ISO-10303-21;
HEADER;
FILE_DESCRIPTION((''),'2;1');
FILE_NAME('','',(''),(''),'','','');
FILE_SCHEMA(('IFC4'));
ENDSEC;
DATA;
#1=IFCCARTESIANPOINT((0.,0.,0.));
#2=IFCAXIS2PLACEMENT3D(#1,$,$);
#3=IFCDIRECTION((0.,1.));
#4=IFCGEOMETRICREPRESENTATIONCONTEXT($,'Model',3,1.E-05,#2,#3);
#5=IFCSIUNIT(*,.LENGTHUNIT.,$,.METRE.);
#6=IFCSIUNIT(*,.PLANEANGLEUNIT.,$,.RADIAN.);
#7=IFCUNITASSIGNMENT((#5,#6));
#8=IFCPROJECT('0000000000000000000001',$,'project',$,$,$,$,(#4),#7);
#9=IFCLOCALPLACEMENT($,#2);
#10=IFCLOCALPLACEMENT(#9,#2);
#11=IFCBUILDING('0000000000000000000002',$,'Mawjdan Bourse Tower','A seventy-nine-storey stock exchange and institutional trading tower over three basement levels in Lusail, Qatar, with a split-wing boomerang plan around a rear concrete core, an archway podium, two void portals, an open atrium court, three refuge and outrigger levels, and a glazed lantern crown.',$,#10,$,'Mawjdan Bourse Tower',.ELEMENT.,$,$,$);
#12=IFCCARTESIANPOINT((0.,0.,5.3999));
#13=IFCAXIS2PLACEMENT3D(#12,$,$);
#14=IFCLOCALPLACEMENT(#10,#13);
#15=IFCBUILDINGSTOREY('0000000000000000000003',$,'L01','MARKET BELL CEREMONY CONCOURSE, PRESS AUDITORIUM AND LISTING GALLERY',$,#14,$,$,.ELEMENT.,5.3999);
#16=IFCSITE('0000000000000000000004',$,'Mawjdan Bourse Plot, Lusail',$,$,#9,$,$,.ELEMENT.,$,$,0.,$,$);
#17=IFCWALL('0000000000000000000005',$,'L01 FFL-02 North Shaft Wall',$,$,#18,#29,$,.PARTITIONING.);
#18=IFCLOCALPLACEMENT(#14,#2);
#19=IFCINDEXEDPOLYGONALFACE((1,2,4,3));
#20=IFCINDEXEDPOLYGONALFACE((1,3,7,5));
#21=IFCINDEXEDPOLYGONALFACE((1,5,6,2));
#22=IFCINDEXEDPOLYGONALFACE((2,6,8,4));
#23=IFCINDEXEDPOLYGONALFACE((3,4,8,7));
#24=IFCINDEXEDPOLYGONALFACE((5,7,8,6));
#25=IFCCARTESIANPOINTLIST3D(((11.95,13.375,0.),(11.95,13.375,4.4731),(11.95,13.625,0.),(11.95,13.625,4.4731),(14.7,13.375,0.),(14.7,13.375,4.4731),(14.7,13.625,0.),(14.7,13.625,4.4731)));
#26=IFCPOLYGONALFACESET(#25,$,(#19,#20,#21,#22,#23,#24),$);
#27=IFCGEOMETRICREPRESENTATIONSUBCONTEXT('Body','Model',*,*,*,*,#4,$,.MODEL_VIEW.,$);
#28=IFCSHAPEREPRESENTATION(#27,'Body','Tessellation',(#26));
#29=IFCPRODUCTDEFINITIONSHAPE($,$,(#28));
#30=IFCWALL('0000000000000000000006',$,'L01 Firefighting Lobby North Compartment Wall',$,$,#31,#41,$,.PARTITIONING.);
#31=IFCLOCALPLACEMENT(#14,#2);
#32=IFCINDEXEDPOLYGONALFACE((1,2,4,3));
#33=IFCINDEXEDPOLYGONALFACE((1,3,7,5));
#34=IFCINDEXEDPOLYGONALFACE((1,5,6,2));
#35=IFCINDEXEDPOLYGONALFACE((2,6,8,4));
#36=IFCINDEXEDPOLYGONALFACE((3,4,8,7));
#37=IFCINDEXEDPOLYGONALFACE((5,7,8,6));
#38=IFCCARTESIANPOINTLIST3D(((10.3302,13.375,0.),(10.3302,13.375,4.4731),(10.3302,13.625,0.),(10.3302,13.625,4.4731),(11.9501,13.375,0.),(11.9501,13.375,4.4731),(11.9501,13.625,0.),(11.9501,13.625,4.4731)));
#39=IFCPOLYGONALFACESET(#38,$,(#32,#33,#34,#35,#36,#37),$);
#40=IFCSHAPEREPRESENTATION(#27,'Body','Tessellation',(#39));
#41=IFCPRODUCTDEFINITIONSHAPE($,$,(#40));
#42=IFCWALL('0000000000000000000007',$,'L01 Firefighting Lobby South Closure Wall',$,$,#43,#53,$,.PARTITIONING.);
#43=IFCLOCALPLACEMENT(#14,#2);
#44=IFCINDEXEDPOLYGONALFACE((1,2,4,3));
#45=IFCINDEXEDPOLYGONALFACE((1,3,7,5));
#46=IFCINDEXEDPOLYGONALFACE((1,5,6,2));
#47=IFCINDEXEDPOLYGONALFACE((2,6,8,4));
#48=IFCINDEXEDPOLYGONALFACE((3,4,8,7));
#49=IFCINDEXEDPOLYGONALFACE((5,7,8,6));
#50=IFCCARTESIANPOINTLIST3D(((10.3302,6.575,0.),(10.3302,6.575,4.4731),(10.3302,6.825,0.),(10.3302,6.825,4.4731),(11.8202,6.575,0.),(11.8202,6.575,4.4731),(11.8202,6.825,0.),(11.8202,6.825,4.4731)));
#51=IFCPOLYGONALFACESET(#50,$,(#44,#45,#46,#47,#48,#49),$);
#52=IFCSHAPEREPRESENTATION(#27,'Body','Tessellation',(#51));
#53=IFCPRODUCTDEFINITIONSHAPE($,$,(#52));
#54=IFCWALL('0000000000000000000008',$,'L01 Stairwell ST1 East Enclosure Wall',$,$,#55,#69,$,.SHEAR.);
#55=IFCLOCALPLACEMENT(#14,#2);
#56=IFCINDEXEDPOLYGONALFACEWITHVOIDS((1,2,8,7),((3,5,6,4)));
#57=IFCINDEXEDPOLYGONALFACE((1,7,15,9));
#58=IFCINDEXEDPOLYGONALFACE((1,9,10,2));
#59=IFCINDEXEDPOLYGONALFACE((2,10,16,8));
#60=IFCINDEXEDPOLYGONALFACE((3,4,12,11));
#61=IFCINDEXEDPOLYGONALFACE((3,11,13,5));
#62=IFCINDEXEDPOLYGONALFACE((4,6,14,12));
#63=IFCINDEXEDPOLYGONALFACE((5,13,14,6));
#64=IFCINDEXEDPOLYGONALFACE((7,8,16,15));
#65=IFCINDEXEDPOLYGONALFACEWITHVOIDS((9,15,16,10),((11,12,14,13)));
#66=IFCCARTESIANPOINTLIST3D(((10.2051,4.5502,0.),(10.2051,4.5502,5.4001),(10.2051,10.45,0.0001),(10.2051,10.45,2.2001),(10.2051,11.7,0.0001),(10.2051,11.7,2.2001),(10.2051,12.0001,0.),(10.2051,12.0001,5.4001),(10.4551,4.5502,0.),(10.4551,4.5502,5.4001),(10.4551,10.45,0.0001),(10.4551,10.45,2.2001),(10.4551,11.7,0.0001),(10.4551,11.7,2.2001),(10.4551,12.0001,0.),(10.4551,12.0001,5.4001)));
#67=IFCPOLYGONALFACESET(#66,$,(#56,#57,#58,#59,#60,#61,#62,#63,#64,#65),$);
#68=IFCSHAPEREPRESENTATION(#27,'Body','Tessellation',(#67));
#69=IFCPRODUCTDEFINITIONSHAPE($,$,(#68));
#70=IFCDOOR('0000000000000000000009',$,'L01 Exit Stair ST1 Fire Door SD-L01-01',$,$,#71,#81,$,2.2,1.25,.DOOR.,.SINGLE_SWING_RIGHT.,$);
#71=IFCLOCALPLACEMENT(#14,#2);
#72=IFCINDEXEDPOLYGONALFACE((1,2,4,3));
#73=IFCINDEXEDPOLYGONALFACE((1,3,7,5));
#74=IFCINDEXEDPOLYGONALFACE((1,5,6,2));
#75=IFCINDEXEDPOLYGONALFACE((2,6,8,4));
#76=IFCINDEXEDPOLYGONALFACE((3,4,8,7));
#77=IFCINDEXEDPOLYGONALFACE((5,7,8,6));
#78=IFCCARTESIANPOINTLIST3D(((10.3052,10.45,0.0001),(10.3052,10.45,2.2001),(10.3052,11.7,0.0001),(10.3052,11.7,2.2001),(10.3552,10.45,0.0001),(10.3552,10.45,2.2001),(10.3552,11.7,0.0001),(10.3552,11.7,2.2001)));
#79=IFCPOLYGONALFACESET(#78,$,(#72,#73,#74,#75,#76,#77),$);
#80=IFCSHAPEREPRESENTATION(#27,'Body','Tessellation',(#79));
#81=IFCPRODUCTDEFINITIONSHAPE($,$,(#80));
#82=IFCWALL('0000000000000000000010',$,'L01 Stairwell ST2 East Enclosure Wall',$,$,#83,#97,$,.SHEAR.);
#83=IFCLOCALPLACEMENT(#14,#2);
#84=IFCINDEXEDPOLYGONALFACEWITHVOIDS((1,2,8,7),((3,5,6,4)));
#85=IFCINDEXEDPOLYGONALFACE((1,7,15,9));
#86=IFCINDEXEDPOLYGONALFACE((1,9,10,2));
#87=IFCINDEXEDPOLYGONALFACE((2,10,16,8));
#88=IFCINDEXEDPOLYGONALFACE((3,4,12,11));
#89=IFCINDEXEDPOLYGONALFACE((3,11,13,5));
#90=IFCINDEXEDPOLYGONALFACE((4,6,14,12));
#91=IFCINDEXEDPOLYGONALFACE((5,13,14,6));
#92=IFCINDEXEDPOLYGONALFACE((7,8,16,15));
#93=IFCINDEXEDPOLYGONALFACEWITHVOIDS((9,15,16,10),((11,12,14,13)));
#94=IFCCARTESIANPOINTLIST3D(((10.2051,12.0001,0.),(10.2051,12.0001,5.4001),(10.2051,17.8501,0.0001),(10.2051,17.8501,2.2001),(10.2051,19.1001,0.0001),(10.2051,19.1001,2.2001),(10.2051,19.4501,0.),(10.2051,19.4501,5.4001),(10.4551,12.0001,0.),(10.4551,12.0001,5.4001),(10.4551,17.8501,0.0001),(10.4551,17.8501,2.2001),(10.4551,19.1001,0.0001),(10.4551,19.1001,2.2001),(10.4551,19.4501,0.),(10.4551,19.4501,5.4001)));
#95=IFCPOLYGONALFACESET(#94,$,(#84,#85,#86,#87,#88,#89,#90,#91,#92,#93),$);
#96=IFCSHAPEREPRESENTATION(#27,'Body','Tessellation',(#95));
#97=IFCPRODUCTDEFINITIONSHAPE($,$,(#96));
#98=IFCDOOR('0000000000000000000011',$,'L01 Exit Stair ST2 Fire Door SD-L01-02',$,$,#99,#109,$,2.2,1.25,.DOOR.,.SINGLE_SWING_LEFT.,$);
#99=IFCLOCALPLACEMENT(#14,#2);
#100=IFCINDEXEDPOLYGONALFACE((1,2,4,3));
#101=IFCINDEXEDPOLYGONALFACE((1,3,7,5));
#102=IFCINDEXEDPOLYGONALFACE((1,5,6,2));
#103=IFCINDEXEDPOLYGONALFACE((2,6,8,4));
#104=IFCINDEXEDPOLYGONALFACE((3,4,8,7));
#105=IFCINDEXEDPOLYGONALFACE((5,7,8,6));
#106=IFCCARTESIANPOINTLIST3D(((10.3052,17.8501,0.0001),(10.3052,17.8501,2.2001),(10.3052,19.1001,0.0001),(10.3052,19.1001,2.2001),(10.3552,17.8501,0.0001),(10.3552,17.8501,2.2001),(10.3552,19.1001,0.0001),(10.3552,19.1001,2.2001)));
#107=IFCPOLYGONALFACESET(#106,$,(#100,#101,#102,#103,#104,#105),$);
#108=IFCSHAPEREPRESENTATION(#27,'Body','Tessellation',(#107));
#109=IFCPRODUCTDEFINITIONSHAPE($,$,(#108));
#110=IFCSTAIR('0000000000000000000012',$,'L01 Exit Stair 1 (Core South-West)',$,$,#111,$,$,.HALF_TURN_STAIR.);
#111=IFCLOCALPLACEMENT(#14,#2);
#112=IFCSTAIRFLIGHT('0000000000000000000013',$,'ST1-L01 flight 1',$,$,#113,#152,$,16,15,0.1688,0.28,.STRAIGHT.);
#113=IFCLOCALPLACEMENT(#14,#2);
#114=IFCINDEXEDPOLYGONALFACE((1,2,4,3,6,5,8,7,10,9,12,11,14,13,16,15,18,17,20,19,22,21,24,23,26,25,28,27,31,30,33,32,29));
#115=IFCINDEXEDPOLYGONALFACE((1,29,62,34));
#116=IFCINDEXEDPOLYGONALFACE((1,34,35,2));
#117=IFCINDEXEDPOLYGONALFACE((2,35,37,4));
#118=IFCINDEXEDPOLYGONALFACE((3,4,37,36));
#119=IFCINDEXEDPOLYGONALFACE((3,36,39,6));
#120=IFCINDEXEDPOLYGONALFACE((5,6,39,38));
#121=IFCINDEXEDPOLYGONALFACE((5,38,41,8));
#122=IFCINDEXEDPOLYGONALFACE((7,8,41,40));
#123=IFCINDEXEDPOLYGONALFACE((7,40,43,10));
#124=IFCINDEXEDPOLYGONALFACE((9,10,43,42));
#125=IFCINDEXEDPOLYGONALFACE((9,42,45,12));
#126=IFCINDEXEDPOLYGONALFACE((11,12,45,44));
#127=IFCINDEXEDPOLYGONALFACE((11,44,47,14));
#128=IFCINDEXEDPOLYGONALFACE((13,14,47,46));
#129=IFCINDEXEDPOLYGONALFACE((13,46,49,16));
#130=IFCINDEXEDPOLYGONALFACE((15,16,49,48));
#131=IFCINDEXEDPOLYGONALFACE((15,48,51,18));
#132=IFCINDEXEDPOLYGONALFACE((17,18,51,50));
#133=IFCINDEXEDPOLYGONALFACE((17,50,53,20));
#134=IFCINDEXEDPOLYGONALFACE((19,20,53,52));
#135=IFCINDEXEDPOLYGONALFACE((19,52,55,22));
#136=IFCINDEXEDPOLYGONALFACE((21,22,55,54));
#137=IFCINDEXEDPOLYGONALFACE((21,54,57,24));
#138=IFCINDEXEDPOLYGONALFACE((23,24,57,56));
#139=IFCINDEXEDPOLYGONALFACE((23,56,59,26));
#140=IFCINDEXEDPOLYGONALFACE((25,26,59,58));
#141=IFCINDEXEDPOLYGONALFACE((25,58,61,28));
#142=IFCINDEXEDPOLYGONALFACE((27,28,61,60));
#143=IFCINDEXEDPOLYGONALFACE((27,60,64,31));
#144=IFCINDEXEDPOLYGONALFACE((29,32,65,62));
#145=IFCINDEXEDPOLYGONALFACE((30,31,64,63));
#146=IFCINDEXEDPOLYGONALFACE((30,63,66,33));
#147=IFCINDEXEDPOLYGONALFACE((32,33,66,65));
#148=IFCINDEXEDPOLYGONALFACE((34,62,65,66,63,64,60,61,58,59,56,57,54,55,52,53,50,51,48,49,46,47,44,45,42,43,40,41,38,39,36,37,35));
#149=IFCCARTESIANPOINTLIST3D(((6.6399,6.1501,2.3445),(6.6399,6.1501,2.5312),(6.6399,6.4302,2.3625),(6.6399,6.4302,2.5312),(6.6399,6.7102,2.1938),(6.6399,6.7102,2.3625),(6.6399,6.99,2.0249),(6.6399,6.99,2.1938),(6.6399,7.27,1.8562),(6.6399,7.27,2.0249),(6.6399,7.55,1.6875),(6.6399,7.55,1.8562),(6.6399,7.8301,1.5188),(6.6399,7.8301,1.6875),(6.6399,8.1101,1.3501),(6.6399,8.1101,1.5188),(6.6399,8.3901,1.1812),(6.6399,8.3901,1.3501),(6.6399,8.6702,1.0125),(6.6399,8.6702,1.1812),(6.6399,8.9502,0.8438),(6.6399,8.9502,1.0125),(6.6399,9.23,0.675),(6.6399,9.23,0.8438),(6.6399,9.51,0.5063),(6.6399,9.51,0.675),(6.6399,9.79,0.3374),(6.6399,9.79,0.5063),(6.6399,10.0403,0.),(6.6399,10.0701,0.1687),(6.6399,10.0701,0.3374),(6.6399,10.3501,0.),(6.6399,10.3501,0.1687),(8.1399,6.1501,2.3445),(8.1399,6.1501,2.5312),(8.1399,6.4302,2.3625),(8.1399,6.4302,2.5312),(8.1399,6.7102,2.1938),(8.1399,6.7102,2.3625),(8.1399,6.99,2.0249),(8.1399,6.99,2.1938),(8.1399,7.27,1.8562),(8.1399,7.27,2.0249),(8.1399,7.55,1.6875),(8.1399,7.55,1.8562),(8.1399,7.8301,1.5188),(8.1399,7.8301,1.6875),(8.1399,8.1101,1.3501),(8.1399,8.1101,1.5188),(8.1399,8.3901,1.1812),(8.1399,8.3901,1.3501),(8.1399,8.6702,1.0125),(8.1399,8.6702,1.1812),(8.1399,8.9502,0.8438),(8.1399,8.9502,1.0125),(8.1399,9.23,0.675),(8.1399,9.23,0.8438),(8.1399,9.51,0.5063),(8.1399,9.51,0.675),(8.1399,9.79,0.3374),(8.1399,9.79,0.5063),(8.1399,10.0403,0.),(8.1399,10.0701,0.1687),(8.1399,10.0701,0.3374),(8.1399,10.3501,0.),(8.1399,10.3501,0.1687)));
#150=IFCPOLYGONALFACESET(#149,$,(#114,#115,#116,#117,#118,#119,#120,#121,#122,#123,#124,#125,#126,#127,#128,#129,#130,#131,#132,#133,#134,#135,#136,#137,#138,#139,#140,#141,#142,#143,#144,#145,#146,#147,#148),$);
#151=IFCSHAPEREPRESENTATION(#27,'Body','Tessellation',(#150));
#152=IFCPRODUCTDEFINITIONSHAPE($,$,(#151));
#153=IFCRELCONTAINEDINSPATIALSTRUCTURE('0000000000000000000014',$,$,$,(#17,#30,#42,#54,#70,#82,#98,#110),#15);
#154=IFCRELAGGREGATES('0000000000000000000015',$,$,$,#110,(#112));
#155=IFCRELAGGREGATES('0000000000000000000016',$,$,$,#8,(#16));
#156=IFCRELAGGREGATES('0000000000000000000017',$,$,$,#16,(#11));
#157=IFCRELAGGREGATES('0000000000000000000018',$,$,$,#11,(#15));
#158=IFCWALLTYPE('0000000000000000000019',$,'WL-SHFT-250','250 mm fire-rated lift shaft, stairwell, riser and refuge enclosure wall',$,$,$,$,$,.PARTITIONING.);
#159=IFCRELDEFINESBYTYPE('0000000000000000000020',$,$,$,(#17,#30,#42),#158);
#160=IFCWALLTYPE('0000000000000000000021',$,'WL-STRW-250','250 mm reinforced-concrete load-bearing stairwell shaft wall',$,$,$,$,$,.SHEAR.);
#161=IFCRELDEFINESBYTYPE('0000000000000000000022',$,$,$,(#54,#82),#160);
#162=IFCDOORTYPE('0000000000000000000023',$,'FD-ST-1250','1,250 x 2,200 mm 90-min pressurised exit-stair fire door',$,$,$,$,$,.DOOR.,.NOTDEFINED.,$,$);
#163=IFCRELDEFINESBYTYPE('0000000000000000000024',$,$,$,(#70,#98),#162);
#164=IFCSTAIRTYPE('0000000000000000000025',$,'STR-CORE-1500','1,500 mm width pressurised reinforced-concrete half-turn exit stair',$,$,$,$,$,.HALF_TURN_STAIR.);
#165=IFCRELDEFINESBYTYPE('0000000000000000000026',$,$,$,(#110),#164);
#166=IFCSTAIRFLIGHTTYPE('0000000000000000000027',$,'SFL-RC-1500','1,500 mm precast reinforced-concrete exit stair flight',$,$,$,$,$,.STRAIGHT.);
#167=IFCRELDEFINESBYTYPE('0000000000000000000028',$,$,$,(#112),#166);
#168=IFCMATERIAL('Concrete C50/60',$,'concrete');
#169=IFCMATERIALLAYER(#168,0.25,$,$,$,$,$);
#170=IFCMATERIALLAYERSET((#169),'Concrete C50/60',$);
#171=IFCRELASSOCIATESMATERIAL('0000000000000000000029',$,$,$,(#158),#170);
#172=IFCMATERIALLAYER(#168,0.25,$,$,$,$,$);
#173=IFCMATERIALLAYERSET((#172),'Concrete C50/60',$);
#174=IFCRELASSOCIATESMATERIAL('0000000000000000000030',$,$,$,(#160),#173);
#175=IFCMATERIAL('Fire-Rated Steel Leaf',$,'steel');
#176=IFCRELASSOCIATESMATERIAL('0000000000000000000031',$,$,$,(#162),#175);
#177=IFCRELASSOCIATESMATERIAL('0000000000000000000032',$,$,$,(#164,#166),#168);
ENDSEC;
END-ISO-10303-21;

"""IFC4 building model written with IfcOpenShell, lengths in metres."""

from ifc_helpers import new_model, si_unit, direction, frame, frame_2d, origin, place, context, subcontext, project, spatial, polyline, rectangle, outline, extrude, material, layer, layer_set, type_object, element, fill, aggregate, save


model = new_model("IFC4")

# Units and contexts
model_context = context("Model", 3, precision=1e-05, world=origin(), true_north=direction((0.0, 1.0)))
body_context = subcontext(model_context, "Body", "Model", "MODEL_VIEW")
ifc_project = project(units=[si_unit("LENGTHUNIT", "METRE"), si_unit("PLANEANGLEUNIT", "RADIAN")], contexts=[model_context])

# Site, building, storey
site_placement = place(None, origin())
site = spatial("IfcSite", under=ifc_project, at=site_placement, Name="Mawjdan Bourse Plot, Lusail", CompositionType="ELEMENT", RefElevation=0.0)
building_placement = place(site_placement, origin())
building = spatial("IfcBuilding", under=site, at=building_placement, Name="Mawjdan Bourse Tower", Description="A seventy-nine-storey stock exchange and institutional trading tower over three basement levels in Lusail, Qatar, with a split-wing boomerang plan around a rear concrete core, an archway podium, two void portals, an open atrium court, three refuge and outrigger levels, and a glazed lantern crown.", LongName="Mawjdan Bourse Tower", CompositionType="ELEMENT")
storey_placement = place(building_placement, frame((0.0, 0.0, 5.3999)))
storey = spatial("IfcBuildingStorey", under=building, at=storey_placement, Name="L01", Description="MARKET BELL CEREMONY CONCOURSE, PRESS AUDITORIUM AND LISTING GALLERY", CompositionType="ELEMENT", Elevation=5.3999)

# Shared definitions
ifc_material_1 = material(Name="Concrete C50/60", Category="concrete")
ifc_layer_1 = layer(ifc_material_1, 0.25)
ifc_layer_set_1 = layer_set([ifc_layer_1], Name="Concrete C50/60")
wall_type_1 = type_object("IfcWallType", Name="WL-SHFT-250", Description="250 mm fire-rated lift shaft, stairwell, riser and refuge enclosure wall", PredefinedType="PARTITIONING", material=ifc_layer_set_1)

# Walls
wall_1_placement = place(storey_placement, frame((11.95, 13.5, 0.0), z_axis=(0.0, 0.0, 1.0), x_axis=(1.0, 0.0, 0.0)))
element("IfcWall", 1, at=wall_1_placement, inside=storey, type_object=wall_type_1, Name="L01 FFL-02 North Shaft Wall", PredefinedType="PARTITIONING", context=body_context, shape_type="SweptSolid", body=[
    extrude(rectangle(XDim=2.75, YDim=0.25, at=frame_2d((1.375, 0.0))), origin(), (0.0, 0.0, 1.0), 4.4731),
])
wall_2_placement = place(storey_placement, frame((10.3301, 13.5, 0.0), z_axis=(0.0, 0.0, 1.0), x_axis=(1.0, 0.0, 0.0)))
element("IfcWall", 2, at=wall_2_placement, inside=storey, type_object=wall_type_1, Name="L01 Firefighting Lobby North Compartment Wall", PredefinedType="PARTITIONING", context=body_context, shape_type="SweptSolid", body=[
    extrude(rectangle(XDim=1.6199, YDim=0.25, at=frame_2d((0.8101, 0.0))), origin(), (0.0, 0.0, 1.0), 4.4731),
])
wall_3_placement = place(storey_placement, frame((10.3301, 6.7, 0.0), z_axis=(0.0, 0.0, 1.0), x_axis=(1.0, 0.0, 0.0)))
element("IfcWall", 3, at=wall_3_placement, inside=storey, type_object=wall_type_1, Name="L01 Firefighting Lobby South Closure Wall", PredefinedType="PARTITIONING", context=body_context, shape_type="SweptSolid", body=[
    extrude(rectangle(XDim=1.49, YDim=0.25, at=frame_2d((0.7451, 0.0))), origin(), (0.0, 0.0, 1.0), 4.4731),
])
ifc_layer_2 = layer(ifc_material_1, 0.25)
ifc_layer_set_2 = layer_set([ifc_layer_2], Name="Concrete C50/60")
wall_type_2 = type_object("IfcWallType", Name="WL-STRW-250", Description="250 mm reinforced-concrete load-bearing stairwell shaft wall", PredefinedType="SHEAR", material=ifc_layer_set_2)

# Walls, openings, doors
wall_4_placement = place(storey_placement, frame((10.3301, 4.55, 0.0), z_axis=(0.0, 0.0, 1.0), x_axis=(0.0, 1.0, 0.0)))
wall_4 = element("IfcWall", 4, at=wall_4_placement, inside=storey, type_object=wall_type_2, Name="L01 Stairwell ST1 East Enclosure Wall", PredefinedType="SHEAR", context=body_context, shape_type="SweptSolid", body=[
    extrude(rectangle(XDim=7.45, YDim=0.25, at=frame_2d((3.7251, 0.0))), origin(), (0.0, 0.0, 1.0), 5.4001),
])
opening_1_placement = place(wall_4_placement, frame((5.8999, 0.0, 0.0)))
opening_1 = element("IfcOpeningElement", 5, at=opening_1_placement, cuts=wall_4, PredefinedType="OPENING", context=body_context, shape_type="SweptSolid", body=[
    extrude(rectangle(XDim=1.25, YDim=2.2, at=frame_2d((0.625, 1.1001))), frame((0.0, 0.135, 0.0), z_axis=(0.0, -1.0, 0.0), x_axis=(1.0, 0.0, 0.0)), (0.0, 0.0, 1.0), 0.27),
])
ifc_material_2 = material(Name="Fire-Rated Steel Leaf", Category="steel")
door_type_1 = type_object("IfcDoorType", Name="FD-ST-1250", Description="1,250 x 2,200 mm 90-min pressurised exit-stair fire door", OperationType="NOTDEFINED", PredefinedType="DOOR", material=ifc_material_2)
door_1_placement = place(opening_1_placement, origin())
door_1 = element("IfcDoor", 6, at=door_1_placement, inside=storey, type_object=door_type_1, Name="L01 Exit Stair ST1 Fire Door SD-L01-01", OperationType="SINGLE_SWING_RIGHT", OverallHeight=2.2, OverallWidth=1.25, PredefinedType="DOOR", context=body_context, shape_type="SweptSolid", body=[
    extrude(rectangle(XDim=1.25, YDim=2.2, at=frame_2d((0.625, 1.1001))), frame((0.0, 0.0249, 0.0), z_axis=(0.0, -1.0, 0.0), x_axis=(1.0, 0.0, 0.0)), (0.0, 0.0, 1.0), 0.05),
])
fill(opening_1, door_1)
wall_5_placement = place(storey_placement, frame((10.3301, 12.0, 0.0), z_axis=(0.0, 0.0, 1.0), x_axis=(0.0, 1.0, 0.0)))
wall_5 = element("IfcWall", 7, at=wall_5_placement, inside=storey, type_object=wall_type_2, Name="L01 Stairwell ST2 East Enclosure Wall", PredefinedType="SHEAR", context=body_context, shape_type="SweptSolid", body=[
    extrude(rectangle(XDim=7.45, YDim=0.25, at=frame_2d((3.7251, 0.0))), origin(), (0.0, 0.0, 1.0), 5.4001),
])
opening_2_placement = place(wall_5_placement, frame((5.8501, 0.0, 0.0)))
opening_2 = element("IfcOpeningElement", 8, at=opening_2_placement, cuts=wall_5, PredefinedType="OPENING", context=body_context, shape_type="SweptSolid", body=[
    extrude(rectangle(XDim=1.25, YDim=2.2, at=frame_2d((0.625, 1.1001))), frame((0.0, 0.135, 0.0), z_axis=(0.0, -1.0, 0.0), x_axis=(1.0, 0.0, 0.0)), (0.0, 0.0, 1.0), 0.27),
])
door_2_placement = place(opening_2_placement, origin())
door_2 = element("IfcDoor", 9, at=door_2_placement, inside=storey, type_object=door_type_1, Name="L01 Exit Stair ST2 Fire Door SD-L01-02", OperationType="SINGLE_SWING_LEFT", OverallHeight=2.2, OverallWidth=1.25, PredefinedType="DOOR", context=body_context, shape_type="SweptSolid", body=[
    extrude(rectangle(XDim=1.25, YDim=2.2, at=frame_2d((0.625, 1.1001))), frame((0.0, 0.0249, 0.0), z_axis=(0.0, -1.0, 0.0), x_axis=(1.0, 0.0, 0.0)), (0.0, 0.0, 1.0), 0.05),
])
fill(opening_2, door_2)

# Stair, stair flight
stair_type = type_object("IfcStairType", Name="STR-CORE-1500", Description="1,500 mm width pressurised reinforced-concrete half-turn exit stair", PredefinedType="HALF_TURN_STAIR", material=ifc_material_1)
stair_1_placement = place(storey_placement, origin())
stair_1 = element("IfcStair", 10, at=stair_1_placement, inside=storey, type_object=stair_type, Name="L01 Exit Stair 1 (Core South-West)", PredefinedType="HALF_TURN_STAIR")
stair_flight_type = type_object("IfcStairFlightType", Name="SFL-RC-1500", Description="1,500 mm precast reinforced-concrete exit stair flight", PredefinedType="STRAIGHT", material=ifc_material_1)
stair_flight_1_placement = place(storey_placement, frame((7.3899, 10.3501, 0.0), z_axis=(0.0, 0.0, 1.0), x_axis=(0.0, -1.0, 0.0)))
stair_flight_1 = element("IfcStairFlight", 11, at=stair_flight_1_placement, type_object=stair_flight_type, Name="ST1-L01 flight 1", NumberOfRisers=16, NumberOfTreads=15, PredefinedType="STRAIGHT", RiserHeight=0.1688, TreadLength=0.28, context=body_context, shape_type="SweptSolid", body=[
    extrude(outline(polyline([(0.0, 0.0), (0.0, 0.1687), (0.28, 0.1687), (0.28, 0.3374), (0.5601, 0.3374), (0.5601, 0.5063), (0.8401, 0.5063), (0.8401, 0.675), (1.1201, 0.675), (1.1201, 0.8438), (1.3999, 0.8438), (1.3999, 1.0125), (1.6799, 1.0125), (1.6799, 1.1812), (1.96, 1.1812), (1.96, 1.3501), (2.24, 1.3501), (2.24, 1.5188), (2.52, 1.5188), (2.52, 1.6875), (2.8, 1.6875), (2.8, 1.8562), (3.0801, 1.8562), (3.0801, 2.0249), (3.3601, 2.0249), (3.3601, 2.1938), (3.6399, 2.1938), (3.6399, 2.3625), (3.9199, 2.3625), (3.9199, 2.5312), (4.2, 2.5312), (4.2, 2.7), (4.2, 2.3445), (0.3098, 0.0), (0.0, 0.0)])), frame((0.0, 0.75, 0.0), z_axis=(0.0, -1.0, 0.0), x_axis=(1.0, 0.0, 0.0)), (0.0, 0.0, 1.0), 1.5),
])
aggregate(stair_1, [stair_flight_1])

save(model, "model.ifc")
